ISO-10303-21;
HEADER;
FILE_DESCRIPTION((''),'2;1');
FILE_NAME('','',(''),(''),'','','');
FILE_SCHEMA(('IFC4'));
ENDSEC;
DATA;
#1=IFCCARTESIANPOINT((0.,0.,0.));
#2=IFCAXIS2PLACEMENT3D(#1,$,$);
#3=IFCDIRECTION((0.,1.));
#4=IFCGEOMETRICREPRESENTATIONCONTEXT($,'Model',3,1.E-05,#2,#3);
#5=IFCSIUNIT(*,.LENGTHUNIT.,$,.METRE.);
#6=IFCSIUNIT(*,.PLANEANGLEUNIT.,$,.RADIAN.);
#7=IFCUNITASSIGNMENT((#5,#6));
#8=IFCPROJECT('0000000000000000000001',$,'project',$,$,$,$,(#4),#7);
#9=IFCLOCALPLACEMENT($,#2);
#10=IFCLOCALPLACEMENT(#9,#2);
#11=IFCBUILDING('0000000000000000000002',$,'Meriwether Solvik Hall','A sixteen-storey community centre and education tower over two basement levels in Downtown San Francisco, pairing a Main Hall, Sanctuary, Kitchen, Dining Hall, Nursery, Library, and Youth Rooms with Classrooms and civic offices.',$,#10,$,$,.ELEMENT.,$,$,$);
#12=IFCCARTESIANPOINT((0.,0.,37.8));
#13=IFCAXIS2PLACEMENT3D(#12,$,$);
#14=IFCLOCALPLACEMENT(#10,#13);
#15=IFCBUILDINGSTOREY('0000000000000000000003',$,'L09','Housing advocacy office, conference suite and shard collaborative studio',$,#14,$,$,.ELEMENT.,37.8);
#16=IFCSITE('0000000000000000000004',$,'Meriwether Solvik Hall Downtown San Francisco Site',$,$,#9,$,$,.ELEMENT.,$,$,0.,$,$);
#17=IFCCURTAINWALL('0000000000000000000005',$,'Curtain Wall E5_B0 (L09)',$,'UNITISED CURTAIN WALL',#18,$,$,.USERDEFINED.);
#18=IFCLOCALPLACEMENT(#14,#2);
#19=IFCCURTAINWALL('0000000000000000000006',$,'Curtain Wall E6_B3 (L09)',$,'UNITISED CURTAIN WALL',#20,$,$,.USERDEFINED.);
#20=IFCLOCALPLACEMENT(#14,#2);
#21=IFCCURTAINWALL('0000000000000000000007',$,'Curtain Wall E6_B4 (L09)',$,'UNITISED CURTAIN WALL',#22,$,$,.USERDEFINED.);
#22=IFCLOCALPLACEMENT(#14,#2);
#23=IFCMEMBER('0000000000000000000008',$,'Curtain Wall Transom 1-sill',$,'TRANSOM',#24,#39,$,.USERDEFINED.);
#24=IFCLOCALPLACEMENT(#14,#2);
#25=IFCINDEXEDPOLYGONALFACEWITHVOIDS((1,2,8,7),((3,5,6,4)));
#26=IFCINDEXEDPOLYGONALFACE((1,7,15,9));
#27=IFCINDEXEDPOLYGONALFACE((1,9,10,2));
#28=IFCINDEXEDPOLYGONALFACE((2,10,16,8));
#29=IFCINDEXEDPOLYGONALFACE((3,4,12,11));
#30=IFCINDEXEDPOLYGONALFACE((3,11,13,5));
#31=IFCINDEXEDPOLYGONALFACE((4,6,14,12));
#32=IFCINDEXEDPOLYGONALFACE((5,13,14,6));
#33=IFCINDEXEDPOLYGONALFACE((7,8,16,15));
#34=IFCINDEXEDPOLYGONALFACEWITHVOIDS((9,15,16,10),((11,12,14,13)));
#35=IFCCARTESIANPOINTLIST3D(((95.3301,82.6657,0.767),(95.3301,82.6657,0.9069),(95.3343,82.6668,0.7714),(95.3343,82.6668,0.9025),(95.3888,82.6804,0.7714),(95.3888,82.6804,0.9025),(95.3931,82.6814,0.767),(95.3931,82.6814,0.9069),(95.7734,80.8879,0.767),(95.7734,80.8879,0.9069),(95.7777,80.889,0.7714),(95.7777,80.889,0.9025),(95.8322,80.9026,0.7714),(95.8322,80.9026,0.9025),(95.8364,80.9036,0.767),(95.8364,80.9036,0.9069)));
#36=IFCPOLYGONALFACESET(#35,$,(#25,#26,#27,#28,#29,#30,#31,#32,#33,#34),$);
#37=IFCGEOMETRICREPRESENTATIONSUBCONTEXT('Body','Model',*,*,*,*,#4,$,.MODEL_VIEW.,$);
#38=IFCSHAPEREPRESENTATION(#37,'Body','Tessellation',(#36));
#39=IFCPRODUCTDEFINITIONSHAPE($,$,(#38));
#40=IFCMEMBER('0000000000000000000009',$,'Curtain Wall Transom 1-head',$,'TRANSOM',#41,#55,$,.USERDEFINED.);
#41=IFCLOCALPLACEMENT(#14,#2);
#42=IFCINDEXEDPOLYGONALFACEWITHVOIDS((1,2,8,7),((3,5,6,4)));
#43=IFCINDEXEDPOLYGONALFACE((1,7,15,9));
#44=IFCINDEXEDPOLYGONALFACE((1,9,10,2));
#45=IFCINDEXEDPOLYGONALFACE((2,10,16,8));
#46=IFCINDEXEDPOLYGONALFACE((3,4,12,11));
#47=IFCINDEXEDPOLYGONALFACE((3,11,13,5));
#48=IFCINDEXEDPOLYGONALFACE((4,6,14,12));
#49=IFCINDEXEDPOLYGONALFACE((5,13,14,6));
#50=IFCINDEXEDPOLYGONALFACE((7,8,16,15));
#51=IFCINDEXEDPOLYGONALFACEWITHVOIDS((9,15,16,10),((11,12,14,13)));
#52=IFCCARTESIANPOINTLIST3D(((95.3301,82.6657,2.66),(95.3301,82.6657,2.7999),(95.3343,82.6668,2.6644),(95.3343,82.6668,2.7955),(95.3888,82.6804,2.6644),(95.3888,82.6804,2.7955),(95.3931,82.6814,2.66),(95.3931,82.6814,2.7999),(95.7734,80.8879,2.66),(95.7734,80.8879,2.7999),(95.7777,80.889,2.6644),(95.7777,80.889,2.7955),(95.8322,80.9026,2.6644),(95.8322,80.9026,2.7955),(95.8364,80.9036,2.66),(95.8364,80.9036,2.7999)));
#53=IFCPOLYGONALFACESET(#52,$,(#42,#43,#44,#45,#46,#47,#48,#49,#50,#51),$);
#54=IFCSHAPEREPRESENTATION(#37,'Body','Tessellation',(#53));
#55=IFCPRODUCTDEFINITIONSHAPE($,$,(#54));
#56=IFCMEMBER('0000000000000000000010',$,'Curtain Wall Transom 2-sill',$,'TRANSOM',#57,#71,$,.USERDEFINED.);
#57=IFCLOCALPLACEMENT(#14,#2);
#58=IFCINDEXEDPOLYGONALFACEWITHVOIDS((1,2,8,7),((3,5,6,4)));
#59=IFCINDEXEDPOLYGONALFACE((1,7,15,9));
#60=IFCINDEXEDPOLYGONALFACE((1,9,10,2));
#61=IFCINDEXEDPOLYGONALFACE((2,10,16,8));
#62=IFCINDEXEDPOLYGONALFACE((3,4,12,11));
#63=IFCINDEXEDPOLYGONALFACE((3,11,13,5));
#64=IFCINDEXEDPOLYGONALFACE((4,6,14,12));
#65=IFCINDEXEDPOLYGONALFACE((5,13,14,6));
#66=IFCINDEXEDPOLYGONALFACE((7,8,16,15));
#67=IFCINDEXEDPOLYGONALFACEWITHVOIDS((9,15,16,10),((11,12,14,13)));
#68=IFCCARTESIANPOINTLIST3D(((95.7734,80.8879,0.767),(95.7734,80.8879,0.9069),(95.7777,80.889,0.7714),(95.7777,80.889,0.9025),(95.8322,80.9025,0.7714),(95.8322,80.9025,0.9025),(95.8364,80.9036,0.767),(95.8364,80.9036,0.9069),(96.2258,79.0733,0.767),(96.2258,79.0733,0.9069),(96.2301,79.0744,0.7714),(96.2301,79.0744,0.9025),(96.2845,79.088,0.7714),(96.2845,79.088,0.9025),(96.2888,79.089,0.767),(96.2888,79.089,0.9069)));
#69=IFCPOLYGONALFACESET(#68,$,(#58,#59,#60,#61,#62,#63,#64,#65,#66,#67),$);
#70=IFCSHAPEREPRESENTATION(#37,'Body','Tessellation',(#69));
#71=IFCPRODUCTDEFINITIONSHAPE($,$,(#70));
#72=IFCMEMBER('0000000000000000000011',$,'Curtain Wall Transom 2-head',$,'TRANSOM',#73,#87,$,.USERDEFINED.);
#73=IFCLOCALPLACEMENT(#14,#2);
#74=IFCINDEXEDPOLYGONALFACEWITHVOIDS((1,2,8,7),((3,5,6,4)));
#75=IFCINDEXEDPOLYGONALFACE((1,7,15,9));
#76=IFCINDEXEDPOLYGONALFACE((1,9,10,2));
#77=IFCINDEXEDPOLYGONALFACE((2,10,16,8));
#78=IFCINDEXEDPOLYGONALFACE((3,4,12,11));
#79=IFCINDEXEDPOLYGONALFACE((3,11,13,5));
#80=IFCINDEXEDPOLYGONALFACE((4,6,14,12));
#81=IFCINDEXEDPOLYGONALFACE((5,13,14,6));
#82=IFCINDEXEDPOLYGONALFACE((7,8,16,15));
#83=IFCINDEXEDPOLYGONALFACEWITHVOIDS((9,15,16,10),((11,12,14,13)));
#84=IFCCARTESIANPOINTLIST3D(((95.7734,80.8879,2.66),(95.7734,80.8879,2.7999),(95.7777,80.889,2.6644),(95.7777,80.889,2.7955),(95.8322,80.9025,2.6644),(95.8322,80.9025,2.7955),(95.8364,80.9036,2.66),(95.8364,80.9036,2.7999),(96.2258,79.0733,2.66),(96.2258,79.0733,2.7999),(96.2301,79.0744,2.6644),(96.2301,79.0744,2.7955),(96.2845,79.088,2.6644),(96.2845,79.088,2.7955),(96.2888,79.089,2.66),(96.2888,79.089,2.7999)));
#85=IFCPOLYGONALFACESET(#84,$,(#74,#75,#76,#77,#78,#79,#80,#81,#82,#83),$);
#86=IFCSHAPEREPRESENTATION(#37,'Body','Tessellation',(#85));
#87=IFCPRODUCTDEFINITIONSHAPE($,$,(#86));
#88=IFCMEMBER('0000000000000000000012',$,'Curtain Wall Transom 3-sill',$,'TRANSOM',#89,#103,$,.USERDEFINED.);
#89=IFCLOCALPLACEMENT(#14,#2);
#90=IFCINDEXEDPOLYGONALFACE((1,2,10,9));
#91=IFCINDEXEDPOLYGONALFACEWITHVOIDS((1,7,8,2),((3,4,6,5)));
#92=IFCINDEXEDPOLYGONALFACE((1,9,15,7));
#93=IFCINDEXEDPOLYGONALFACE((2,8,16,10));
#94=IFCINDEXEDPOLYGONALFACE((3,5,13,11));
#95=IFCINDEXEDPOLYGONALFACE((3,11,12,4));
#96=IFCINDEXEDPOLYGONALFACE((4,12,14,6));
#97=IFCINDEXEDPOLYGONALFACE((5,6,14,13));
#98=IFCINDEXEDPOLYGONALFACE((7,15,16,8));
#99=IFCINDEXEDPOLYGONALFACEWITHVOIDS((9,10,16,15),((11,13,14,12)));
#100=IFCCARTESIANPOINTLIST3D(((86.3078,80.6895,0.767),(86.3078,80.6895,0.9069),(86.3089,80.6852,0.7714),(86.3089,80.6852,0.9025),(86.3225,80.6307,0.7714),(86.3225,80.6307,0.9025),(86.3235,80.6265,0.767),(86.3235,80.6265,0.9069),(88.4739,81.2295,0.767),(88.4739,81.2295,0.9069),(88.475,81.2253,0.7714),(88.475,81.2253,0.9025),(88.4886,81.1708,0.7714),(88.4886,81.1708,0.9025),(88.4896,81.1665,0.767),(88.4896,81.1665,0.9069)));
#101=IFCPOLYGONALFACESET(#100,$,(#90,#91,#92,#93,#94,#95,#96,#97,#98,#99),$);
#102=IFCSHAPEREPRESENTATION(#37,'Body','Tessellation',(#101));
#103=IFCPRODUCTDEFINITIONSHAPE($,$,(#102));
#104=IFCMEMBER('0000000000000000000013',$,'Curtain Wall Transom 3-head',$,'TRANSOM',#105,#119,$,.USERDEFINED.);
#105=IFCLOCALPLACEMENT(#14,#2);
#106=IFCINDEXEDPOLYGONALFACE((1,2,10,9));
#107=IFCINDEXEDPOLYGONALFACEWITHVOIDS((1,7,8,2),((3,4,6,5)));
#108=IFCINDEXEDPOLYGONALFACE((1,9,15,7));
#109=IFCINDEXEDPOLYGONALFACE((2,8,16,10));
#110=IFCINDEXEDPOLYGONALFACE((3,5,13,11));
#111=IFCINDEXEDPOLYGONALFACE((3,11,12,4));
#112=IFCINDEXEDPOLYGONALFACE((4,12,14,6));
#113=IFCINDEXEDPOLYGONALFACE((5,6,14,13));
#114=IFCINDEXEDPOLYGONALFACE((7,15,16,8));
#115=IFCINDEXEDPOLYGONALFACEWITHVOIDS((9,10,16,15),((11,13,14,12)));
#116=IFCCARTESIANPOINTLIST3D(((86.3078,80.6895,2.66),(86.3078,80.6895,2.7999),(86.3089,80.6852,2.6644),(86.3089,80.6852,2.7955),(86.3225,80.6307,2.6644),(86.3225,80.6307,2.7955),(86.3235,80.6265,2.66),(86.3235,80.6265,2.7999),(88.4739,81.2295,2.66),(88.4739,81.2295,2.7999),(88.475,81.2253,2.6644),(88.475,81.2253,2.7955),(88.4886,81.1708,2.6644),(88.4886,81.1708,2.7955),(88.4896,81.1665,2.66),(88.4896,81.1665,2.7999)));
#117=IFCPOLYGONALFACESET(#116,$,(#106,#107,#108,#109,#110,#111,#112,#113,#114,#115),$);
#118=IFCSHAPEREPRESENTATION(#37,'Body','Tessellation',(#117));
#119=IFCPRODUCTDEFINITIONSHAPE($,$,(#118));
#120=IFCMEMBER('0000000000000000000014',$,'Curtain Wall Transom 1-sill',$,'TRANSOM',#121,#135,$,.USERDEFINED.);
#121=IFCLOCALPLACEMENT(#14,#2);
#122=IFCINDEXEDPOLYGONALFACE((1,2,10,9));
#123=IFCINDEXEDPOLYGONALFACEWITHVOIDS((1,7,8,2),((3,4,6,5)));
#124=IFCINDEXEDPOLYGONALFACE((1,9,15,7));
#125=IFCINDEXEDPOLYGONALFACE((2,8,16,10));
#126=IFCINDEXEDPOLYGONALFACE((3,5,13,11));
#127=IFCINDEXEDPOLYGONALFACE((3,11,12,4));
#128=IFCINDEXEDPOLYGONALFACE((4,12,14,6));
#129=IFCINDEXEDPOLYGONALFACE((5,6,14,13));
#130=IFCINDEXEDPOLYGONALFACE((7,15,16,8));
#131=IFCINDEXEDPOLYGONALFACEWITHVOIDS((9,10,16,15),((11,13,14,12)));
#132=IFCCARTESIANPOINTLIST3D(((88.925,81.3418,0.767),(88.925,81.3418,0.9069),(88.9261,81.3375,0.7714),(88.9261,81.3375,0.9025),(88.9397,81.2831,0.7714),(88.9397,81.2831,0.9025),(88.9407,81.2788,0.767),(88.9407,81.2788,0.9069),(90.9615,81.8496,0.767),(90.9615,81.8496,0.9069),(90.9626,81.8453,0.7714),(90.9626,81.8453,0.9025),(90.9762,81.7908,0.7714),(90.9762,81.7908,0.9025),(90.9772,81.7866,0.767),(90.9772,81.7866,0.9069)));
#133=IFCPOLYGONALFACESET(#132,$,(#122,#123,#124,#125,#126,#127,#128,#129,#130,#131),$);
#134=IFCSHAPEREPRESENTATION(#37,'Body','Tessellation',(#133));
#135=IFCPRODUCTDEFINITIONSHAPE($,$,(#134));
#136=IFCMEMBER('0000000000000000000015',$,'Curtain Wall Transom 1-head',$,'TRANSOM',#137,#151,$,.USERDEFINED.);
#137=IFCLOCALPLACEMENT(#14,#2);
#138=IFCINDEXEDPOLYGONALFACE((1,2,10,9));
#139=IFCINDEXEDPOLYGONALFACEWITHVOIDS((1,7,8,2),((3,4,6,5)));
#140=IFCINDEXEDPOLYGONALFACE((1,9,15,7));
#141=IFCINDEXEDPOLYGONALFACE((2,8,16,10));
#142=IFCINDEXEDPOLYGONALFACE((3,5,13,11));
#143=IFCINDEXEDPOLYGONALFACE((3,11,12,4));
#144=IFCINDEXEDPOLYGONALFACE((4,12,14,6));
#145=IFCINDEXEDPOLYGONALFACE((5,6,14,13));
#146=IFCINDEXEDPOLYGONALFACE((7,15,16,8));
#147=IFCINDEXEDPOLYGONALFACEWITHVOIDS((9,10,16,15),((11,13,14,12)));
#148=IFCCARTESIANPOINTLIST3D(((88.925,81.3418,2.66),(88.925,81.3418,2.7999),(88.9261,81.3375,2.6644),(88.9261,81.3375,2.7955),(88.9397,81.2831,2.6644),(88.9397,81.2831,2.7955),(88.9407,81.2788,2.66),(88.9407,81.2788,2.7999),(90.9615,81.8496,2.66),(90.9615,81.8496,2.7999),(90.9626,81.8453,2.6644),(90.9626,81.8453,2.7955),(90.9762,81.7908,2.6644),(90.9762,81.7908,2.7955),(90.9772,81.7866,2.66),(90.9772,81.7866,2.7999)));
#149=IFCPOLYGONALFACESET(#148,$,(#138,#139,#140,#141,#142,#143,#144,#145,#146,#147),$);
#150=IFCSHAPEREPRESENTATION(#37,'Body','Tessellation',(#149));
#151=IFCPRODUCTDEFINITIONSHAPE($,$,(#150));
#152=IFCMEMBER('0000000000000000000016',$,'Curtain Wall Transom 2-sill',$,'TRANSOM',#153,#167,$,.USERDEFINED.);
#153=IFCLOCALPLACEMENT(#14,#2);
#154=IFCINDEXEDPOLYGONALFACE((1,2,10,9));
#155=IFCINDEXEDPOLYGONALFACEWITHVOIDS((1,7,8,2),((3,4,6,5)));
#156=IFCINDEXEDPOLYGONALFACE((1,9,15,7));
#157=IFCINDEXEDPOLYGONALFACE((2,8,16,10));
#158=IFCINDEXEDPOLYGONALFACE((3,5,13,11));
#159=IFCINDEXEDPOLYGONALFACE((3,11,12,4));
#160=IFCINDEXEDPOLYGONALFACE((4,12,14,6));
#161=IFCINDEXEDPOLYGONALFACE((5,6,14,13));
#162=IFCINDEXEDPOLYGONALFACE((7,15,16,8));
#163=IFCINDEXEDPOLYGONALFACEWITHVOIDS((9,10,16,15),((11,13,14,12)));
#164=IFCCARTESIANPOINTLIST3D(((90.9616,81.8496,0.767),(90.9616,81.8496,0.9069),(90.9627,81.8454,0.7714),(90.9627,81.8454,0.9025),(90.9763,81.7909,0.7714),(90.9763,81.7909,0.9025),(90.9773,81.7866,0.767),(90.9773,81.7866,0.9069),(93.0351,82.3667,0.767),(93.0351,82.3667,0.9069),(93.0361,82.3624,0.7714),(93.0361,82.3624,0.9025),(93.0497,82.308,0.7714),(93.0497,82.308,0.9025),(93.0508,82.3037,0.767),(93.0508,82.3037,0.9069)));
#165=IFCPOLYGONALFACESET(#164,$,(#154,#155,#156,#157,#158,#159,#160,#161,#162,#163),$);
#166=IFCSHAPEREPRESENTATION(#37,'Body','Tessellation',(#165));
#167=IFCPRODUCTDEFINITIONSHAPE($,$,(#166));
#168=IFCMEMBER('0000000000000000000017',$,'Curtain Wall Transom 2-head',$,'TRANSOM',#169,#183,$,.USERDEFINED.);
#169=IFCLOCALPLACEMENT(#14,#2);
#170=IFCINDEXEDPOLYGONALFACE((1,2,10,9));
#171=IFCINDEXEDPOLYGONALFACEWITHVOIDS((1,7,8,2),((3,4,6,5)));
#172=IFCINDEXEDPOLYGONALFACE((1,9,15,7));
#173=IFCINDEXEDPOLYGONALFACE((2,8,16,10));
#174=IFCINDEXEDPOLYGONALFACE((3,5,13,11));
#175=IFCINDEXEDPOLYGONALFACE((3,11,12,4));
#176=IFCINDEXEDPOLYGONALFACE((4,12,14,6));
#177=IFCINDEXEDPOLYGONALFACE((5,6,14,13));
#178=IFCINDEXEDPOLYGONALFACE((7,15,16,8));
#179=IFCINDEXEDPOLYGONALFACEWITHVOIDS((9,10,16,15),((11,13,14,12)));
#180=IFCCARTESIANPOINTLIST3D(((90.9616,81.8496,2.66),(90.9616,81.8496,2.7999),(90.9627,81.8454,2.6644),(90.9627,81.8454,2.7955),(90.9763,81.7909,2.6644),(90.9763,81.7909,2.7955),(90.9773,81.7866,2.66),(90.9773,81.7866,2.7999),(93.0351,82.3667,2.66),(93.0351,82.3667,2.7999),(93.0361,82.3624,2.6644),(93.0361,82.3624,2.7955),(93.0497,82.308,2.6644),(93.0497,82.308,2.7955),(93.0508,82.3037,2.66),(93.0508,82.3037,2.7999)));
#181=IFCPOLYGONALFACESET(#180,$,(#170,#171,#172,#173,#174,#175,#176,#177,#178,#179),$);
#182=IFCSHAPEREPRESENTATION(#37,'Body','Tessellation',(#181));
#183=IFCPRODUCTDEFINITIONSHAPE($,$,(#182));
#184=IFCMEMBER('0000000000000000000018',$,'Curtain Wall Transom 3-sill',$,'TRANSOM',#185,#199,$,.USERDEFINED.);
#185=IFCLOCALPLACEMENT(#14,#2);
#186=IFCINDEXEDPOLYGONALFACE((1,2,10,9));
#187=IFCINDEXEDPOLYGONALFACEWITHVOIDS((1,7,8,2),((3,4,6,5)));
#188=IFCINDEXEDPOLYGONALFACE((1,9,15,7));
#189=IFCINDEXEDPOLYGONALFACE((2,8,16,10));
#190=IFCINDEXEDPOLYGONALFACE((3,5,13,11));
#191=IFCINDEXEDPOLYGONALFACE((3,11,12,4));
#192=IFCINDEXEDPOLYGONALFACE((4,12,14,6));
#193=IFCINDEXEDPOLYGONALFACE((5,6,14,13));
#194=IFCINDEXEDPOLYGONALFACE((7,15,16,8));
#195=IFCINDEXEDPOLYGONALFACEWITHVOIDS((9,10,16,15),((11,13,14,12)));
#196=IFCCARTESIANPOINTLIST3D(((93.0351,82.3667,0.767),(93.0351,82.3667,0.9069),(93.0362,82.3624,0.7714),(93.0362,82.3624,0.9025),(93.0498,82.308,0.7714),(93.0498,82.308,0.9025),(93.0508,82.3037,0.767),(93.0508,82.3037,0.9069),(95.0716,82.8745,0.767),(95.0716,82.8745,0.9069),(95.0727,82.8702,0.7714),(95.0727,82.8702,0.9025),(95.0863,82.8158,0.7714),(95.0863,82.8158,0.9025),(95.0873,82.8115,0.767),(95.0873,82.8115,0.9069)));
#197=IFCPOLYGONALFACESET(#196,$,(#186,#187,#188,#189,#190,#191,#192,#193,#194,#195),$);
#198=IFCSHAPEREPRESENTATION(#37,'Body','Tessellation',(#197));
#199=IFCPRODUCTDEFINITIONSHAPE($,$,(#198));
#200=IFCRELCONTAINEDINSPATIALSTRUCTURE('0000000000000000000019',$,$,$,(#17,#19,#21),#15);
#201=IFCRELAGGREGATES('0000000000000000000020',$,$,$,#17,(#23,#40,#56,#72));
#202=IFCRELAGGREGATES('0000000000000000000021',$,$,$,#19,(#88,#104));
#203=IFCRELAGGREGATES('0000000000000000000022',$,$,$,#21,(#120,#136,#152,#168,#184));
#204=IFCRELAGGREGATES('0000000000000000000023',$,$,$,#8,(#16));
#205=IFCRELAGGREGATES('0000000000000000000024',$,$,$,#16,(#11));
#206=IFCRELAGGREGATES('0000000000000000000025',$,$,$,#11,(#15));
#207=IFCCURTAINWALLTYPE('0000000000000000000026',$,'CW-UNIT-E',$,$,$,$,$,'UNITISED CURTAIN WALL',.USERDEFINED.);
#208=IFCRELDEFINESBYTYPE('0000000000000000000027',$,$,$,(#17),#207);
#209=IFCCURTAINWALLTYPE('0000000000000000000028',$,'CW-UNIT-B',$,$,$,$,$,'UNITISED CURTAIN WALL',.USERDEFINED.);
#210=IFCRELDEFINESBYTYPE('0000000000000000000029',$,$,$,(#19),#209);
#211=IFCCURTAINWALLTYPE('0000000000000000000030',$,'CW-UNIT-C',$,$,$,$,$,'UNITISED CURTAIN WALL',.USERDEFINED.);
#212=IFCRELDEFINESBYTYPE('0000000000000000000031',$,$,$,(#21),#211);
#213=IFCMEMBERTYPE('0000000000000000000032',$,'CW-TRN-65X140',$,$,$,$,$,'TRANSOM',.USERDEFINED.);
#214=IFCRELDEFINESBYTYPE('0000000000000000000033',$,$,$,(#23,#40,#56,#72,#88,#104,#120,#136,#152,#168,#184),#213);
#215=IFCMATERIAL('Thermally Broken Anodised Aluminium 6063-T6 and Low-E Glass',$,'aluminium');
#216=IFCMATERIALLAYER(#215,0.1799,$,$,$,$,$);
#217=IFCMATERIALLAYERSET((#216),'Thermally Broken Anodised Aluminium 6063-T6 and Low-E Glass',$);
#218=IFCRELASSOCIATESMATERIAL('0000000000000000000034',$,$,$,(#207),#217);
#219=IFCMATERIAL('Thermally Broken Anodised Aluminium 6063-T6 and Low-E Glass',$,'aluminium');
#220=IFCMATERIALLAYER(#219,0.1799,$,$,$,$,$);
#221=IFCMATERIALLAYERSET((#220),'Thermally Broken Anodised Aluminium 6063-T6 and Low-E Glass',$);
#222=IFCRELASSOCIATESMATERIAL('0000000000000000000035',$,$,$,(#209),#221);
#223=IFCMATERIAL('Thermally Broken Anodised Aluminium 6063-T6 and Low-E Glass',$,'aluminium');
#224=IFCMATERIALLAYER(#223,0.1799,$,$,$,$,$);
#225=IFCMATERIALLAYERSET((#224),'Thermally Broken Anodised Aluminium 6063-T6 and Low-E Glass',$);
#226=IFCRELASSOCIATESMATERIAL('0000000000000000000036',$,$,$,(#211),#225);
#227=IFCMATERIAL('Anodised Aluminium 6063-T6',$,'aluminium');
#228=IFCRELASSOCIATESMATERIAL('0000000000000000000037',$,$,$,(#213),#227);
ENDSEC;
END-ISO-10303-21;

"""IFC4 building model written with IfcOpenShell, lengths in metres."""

from ifc_helpers import new_model, si_unit, direction, frame, origin, origin_2d, place, context, subcontext, project, spatial, hollow_rectangle, extrude, material, layer, layer_set, material_profile, profile_set, type_object, element, aggregate, save


model = new_model("IFC4")

# Units and contexts
model_context = context("Model", 3, precision=1e-05, world=origin(), true_north=direction((0.0, 1.0)))
body_context = subcontext(model_context, "Body", "Model", "MODEL_VIEW")
ifc_project = project(units=[si_unit("LENGTHUNIT", "METRE"), si_unit("PLANEANGLEUNIT", "RADIAN")], contexts=[model_context])

# Site, building, storey
site_placement = place(None, origin())
site = spatial("IfcSite", under=ifc_project, at=site_placement, Name="Meriwether Solvik Hall Downtown San Francisco Site", CompositionType="ELEMENT", RefElevation=0.0)
building_placement = place(site_placement, origin())
building = spatial("IfcBuilding", under=site, at=building_placement, Name="Meriwether Solvik Hall", Description="A sixteen-storey community centre and education tower over two basement levels in Downtown San Francisco, pairing a Main Hall, Sanctuary, Kitchen, Dining Hall, Nursery, Library, and Youth Rooms with Classrooms and civic offices.", CompositionType="ELEMENT")
storey_placement = place(building_placement, frame((0.0, 0.0, 37.8)))
storey = spatial("IfcBuildingStorey", under=building, at=storey_placement, Name="L09", Description="Housing advocacy office, conference suite and shard collaborative studio", CompositionType="ELEMENT", Elevation=37.8)

# Curtain walls
ifc_material_1 = material(Name="Thermally Broken Anodised Aluminium 6063-T6 and Low-E Glass", Category="aluminium")
ifc_layer_1 = layer(ifc_material_1, 0.1799)
ifc_layer_set_1 = layer_set([ifc_layer_1], Name="Thermally Broken Anodised Aluminium 6063-T6 and Low-E Glass")
curtain_wall_type_1 = type_object("IfcCurtainWallType", Name="CW-UNIT-E", ElementType="UNITISED CURTAIN WALL", PredefinedType="USERDEFINED", material=ifc_layer_set_1)
curtain_wall_1_placement = place(storey_placement, origin())
curtain_wall_1 = element("IfcCurtainWall", 1, at=curtain_wall_1_placement, inside=storey, type_object=curtain_wall_type_1, Name="Curtain Wall E5_B0 (L09)", ObjectType="UNITISED CURTAIN WALL", PredefinedType="USERDEFINED")
ifc_material_2 = material(Name="Thermally Broken Anodised Aluminium 6063-T6 and Low-E Glass", Category="aluminium")
ifc_layer_2 = layer(ifc_material_2, 0.1799)
ifc_layer_set_2 = layer_set([ifc_layer_2], Name="Thermally Broken Anodised Aluminium 6063-T6 and Low-E Glass")
curtain_wall_type_2 = type_object("IfcCurtainWallType", Name="CW-UNIT-B", ElementType="UNITISED CURTAIN WALL", PredefinedType="USERDEFINED", material=ifc_layer_set_2)
curtain_wall_2_placement = place(storey_placement, origin())
curtain_wall_2 = element("IfcCurtainWall", 2, at=curtain_wall_2_placement, inside=storey, type_object=curtain_wall_type_2, Name="Curtain Wall E6_B3 (L09)", ObjectType="UNITISED CURTAIN WALL", PredefinedType="USERDEFINED")
ifc_material_3 = material(Name="Thermally Broken Anodised Aluminium 6063-T6 and Low-E Glass", Category="aluminium")
ifc_layer_3 = layer(ifc_material_3, 0.1799)
ifc_layer_set_3 = layer_set([ifc_layer_3], Name="Thermally Broken Anodised Aluminium 6063-T6 and Low-E Glass")
curtain_wall_type_3 = type_object("IfcCurtainWallType", Name="CW-UNIT-C", ElementType="UNITISED CURTAIN WALL", PredefinedType="USERDEFINED", material=ifc_layer_set_3)
curtain_wall_3_placement = place(storey_placement, origin())
curtain_wall_3 = element("IfcCurtainWall", 3, at=curtain_wall_3_placement, inside=storey, type_object=curtain_wall_type_3, Name="Curtain Wall E6_B4 (L09)", ObjectType="UNITISED CURTAIN WALL", PredefinedType="USERDEFINED")

# Members
ifc_material_4 = material(Name="Anodised Aluminium 6063-T6", Category="aluminium")
ifc_material_profile_1 = material_profile(ifc_material_4, hollow_rectangle(XDim=0.0649, YDim=0.1399, WallThickness=0.0044, at=origin_2d()), Name="CWT-65X140")
ifc_profile_set_1 = profile_set([ifc_material_profile_1], Name="Anodised Aluminium 6063-T6")
member_type_1 = type_object("IfcMemberType", Name="CW-TRN-65X140", ElementType="TRANSOM", PredefinedType="USERDEFINED", material=ifc_profile_set_1)
member_1_placement = place(storey_placement, frame((95.3616, 82.6736, 0.8369), z_axis=(0.241971, -0.970283, 0.0), x_axis=(0.970283, 0.241971, 0.0)))
member_1 = element("IfcMember", 4, at=member_1_placement, type_object=member_type_1, Name="Curtain Wall Transom 1-sill", ObjectType="TRANSOM", PredefinedType="USERDEFINED", context=body_context, shape_type="SweptSolid", body=[
    extrude(hollow_rectangle(XDim=0.0649, YDim=0.1399, WallThickness=0.0044, at=origin_2d()), origin(), (0.0, 0.0, 1.0), 1.8323),
])
member_2_placement = place(storey_placement, frame((95.3616, 82.6736, 2.73), z_axis=(0.241971, -0.970283, 0.0), x_axis=(0.970283, 0.241971, 0.0)))
member_2 = element("IfcMember", 5, at=member_2_placement, type_object=member_type_1, Name="Curtain Wall Transom 1-head", ObjectType="TRANSOM", PredefinedType="USERDEFINED", context=body_context, shape_type="SweptSolid", body=[
    extrude(hollow_rectangle(XDim=0.0649, YDim=0.1399, WallThickness=0.0044, at=origin_2d()), origin(), (0.0, 0.0, 1.0), 1.8323),
])
member_3_placement = place(storey_placement, frame((95.8049, 80.8958, 0.8369), z_axis=(0.241891, -0.970304, 0.0), x_axis=(0.970304, 0.241891, 0.0)))
member_3 = element("IfcMember", 6, at=member_3_placement, type_object=member_type_1, Name="Curtain Wall Transom 2-sill", ObjectType="TRANSOM", PredefinedType="USERDEFINED", context=body_context, shape_type="SweptSolid", body=[
    extrude(hollow_rectangle(XDim=0.0649, YDim=0.1399, WallThickness=0.0044, at=origin_2d()), origin(), (0.0, 0.0, 1.0), 1.8701),
])
member_4_placement = place(storey_placement, frame((95.8049, 80.8958, 2.73), z_axis=(0.241891, -0.970304, 0.0), x_axis=(0.970304, 0.241891, 0.0)))
member_4 = element("IfcMember", 7, at=member_4_placement, type_object=member_type_1, Name="Curtain Wall Transom 2-head", ObjectType="TRANSOM", PredefinedType="USERDEFINED", context=body_context, shape_type="SweptSolid", body=[
    extrude(hollow_rectangle(XDim=0.0649, YDim=0.1399, WallThickness=0.0044, at=origin_2d()), origin(), (0.0, 0.0, 1.0), 1.8701),
])
member_5_placement = place(storey_placement, frame((86.3157, 80.658, 0.8369), z_axis=(0.970297, 0.241918, 0.0), x_axis=(-0.241918, 0.970297, 0.0)))
member_5 = element("IfcMember", 8, at=member_5_placement, type_object=member_type_1, Name="Curtain Wall Transom 3-sill", ObjectType="TRANSOM", PredefinedType="USERDEFINED", context=body_context, shape_type="SweptSolid", body=[
    extrude(hollow_rectangle(XDim=0.0649, YDim=0.1399, WallThickness=0.0044, at=origin_2d()), origin(), (0.0, 0.0, 1.0), 2.2324),
])
member_6_placement = place(storey_placement, frame((86.3157, 80.658, 2.73), z_axis=(0.970297, 0.241918, 0.0), x_axis=(-0.241918, 0.970297, 0.0)))
member_6 = element("IfcMember", 9, at=member_6_placement, type_object=member_type_1, Name="Curtain Wall Transom 3-head", ObjectType="TRANSOM", PredefinedType="USERDEFINED", context=body_context, shape_type="SweptSolid", body=[
    extrude(hollow_rectangle(XDim=0.0649, YDim=0.1399, WallThickness=0.0044, at=origin_2d()), origin(), (0.0, 0.0, 1.0), 2.2324),
])
member_7_placement = place(storey_placement, frame((88.9329, 81.3103, 0.8369), z_axis=(0.970293, 0.241933, 0.0), x_axis=(-0.241933, 0.970293, 0.0)))
member_7 = element("IfcMember", 10, at=member_7_placement, type_object=member_type_1, Name="Curtain Wall Transom 1-sill", ObjectType="TRANSOM", PredefinedType="USERDEFINED", context=body_context, shape_type="SweptSolid", body=[
    extrude(hollow_rectangle(XDim=0.0649, YDim=0.1399, WallThickness=0.0044, at=origin_2d()), origin(), (0.0, 0.0, 1.0), 2.0989),
])
member_8_placement = place(storey_placement, frame((88.9329, 81.3103, 2.73), z_axis=(0.970293, 0.241933, 0.0), x_axis=(-0.241933, 0.970293, 0.0)))
member_8 = element("IfcMember", 11, at=member_8_placement, type_object=member_type_1, Name="Curtain Wall Transom 1-head", ObjectType="TRANSOM", PredefinedType="USERDEFINED", context=body_context, shape_type="SweptSolid", body=[
    extrude(hollow_rectangle(XDim=0.0649, YDim=0.1399, WallThickness=0.0044, at=origin_2d()), origin(), (0.0, 0.0, 1.0), 2.0989),
])
member_9_placement = place(storey_placement, frame((90.9695, 81.8181, 0.8369), z_axis=(0.970283, 0.241971, 0.0), x_axis=(-0.241971, 0.970283, 0.0)))
member_9 = element("IfcMember", 12, at=member_9_placement, type_object=member_type_1, Name="Curtain Wall Transom 2-sill", ObjectType="TRANSOM", PredefinedType="USERDEFINED", context=body_context, shape_type="SweptSolid", body=[
    extrude(hollow_rectangle(XDim=0.0649, YDim=0.1399, WallThickness=0.0044, at=origin_2d()), origin(), (0.0, 0.0, 1.0), 2.137),
])
member_10_placement = place(storey_placement, frame((90.9695, 81.8181, 2.73), z_axis=(0.970283, 0.241971, 0.0), x_axis=(-0.241971, 0.970283, 0.0)))
member_10 = element("IfcMember", 13, at=member_10_placement, type_object=member_type_1, Name="Curtain Wall Transom 2-head", ObjectType="TRANSOM", PredefinedType="USERDEFINED", context=body_context, shape_type="SweptSolid", body=[
    extrude(hollow_rectangle(XDim=0.0649, YDim=0.1399, WallThickness=0.0044, at=origin_2d()), origin(), (0.0, 0.0, 1.0), 2.137),
])
member_11_placement = place(storey_placement, frame((93.043, 82.3352, 0.8369), z_axis=(0.970293, 0.241933, 0.0), x_axis=(-0.241933, 0.970293, 0.0)))
member_11 = element("IfcMember", 14, at=member_11_placement, type_object=member_type_1, Name="Curtain Wall Transom 3-sill", ObjectType="TRANSOM", PredefinedType="USERDEFINED", context=body_context, shape_type="SweptSolid", body=[
    extrude(hollow_rectangle(XDim=0.0649, YDim=0.1399, WallThickness=0.0044, at=origin_2d()), origin(), (0.0, 0.0, 1.0), 2.0989),
])

aggregate(curtain_wall_1, [member_1, member_2, member_3, member_4])
aggregate(curtain_wall_2, [member_5, member_6])
aggregate(curtain_wall_3, [member_7, member_8, member_9, member_10, member_11])

save(model, "model.ifc")
